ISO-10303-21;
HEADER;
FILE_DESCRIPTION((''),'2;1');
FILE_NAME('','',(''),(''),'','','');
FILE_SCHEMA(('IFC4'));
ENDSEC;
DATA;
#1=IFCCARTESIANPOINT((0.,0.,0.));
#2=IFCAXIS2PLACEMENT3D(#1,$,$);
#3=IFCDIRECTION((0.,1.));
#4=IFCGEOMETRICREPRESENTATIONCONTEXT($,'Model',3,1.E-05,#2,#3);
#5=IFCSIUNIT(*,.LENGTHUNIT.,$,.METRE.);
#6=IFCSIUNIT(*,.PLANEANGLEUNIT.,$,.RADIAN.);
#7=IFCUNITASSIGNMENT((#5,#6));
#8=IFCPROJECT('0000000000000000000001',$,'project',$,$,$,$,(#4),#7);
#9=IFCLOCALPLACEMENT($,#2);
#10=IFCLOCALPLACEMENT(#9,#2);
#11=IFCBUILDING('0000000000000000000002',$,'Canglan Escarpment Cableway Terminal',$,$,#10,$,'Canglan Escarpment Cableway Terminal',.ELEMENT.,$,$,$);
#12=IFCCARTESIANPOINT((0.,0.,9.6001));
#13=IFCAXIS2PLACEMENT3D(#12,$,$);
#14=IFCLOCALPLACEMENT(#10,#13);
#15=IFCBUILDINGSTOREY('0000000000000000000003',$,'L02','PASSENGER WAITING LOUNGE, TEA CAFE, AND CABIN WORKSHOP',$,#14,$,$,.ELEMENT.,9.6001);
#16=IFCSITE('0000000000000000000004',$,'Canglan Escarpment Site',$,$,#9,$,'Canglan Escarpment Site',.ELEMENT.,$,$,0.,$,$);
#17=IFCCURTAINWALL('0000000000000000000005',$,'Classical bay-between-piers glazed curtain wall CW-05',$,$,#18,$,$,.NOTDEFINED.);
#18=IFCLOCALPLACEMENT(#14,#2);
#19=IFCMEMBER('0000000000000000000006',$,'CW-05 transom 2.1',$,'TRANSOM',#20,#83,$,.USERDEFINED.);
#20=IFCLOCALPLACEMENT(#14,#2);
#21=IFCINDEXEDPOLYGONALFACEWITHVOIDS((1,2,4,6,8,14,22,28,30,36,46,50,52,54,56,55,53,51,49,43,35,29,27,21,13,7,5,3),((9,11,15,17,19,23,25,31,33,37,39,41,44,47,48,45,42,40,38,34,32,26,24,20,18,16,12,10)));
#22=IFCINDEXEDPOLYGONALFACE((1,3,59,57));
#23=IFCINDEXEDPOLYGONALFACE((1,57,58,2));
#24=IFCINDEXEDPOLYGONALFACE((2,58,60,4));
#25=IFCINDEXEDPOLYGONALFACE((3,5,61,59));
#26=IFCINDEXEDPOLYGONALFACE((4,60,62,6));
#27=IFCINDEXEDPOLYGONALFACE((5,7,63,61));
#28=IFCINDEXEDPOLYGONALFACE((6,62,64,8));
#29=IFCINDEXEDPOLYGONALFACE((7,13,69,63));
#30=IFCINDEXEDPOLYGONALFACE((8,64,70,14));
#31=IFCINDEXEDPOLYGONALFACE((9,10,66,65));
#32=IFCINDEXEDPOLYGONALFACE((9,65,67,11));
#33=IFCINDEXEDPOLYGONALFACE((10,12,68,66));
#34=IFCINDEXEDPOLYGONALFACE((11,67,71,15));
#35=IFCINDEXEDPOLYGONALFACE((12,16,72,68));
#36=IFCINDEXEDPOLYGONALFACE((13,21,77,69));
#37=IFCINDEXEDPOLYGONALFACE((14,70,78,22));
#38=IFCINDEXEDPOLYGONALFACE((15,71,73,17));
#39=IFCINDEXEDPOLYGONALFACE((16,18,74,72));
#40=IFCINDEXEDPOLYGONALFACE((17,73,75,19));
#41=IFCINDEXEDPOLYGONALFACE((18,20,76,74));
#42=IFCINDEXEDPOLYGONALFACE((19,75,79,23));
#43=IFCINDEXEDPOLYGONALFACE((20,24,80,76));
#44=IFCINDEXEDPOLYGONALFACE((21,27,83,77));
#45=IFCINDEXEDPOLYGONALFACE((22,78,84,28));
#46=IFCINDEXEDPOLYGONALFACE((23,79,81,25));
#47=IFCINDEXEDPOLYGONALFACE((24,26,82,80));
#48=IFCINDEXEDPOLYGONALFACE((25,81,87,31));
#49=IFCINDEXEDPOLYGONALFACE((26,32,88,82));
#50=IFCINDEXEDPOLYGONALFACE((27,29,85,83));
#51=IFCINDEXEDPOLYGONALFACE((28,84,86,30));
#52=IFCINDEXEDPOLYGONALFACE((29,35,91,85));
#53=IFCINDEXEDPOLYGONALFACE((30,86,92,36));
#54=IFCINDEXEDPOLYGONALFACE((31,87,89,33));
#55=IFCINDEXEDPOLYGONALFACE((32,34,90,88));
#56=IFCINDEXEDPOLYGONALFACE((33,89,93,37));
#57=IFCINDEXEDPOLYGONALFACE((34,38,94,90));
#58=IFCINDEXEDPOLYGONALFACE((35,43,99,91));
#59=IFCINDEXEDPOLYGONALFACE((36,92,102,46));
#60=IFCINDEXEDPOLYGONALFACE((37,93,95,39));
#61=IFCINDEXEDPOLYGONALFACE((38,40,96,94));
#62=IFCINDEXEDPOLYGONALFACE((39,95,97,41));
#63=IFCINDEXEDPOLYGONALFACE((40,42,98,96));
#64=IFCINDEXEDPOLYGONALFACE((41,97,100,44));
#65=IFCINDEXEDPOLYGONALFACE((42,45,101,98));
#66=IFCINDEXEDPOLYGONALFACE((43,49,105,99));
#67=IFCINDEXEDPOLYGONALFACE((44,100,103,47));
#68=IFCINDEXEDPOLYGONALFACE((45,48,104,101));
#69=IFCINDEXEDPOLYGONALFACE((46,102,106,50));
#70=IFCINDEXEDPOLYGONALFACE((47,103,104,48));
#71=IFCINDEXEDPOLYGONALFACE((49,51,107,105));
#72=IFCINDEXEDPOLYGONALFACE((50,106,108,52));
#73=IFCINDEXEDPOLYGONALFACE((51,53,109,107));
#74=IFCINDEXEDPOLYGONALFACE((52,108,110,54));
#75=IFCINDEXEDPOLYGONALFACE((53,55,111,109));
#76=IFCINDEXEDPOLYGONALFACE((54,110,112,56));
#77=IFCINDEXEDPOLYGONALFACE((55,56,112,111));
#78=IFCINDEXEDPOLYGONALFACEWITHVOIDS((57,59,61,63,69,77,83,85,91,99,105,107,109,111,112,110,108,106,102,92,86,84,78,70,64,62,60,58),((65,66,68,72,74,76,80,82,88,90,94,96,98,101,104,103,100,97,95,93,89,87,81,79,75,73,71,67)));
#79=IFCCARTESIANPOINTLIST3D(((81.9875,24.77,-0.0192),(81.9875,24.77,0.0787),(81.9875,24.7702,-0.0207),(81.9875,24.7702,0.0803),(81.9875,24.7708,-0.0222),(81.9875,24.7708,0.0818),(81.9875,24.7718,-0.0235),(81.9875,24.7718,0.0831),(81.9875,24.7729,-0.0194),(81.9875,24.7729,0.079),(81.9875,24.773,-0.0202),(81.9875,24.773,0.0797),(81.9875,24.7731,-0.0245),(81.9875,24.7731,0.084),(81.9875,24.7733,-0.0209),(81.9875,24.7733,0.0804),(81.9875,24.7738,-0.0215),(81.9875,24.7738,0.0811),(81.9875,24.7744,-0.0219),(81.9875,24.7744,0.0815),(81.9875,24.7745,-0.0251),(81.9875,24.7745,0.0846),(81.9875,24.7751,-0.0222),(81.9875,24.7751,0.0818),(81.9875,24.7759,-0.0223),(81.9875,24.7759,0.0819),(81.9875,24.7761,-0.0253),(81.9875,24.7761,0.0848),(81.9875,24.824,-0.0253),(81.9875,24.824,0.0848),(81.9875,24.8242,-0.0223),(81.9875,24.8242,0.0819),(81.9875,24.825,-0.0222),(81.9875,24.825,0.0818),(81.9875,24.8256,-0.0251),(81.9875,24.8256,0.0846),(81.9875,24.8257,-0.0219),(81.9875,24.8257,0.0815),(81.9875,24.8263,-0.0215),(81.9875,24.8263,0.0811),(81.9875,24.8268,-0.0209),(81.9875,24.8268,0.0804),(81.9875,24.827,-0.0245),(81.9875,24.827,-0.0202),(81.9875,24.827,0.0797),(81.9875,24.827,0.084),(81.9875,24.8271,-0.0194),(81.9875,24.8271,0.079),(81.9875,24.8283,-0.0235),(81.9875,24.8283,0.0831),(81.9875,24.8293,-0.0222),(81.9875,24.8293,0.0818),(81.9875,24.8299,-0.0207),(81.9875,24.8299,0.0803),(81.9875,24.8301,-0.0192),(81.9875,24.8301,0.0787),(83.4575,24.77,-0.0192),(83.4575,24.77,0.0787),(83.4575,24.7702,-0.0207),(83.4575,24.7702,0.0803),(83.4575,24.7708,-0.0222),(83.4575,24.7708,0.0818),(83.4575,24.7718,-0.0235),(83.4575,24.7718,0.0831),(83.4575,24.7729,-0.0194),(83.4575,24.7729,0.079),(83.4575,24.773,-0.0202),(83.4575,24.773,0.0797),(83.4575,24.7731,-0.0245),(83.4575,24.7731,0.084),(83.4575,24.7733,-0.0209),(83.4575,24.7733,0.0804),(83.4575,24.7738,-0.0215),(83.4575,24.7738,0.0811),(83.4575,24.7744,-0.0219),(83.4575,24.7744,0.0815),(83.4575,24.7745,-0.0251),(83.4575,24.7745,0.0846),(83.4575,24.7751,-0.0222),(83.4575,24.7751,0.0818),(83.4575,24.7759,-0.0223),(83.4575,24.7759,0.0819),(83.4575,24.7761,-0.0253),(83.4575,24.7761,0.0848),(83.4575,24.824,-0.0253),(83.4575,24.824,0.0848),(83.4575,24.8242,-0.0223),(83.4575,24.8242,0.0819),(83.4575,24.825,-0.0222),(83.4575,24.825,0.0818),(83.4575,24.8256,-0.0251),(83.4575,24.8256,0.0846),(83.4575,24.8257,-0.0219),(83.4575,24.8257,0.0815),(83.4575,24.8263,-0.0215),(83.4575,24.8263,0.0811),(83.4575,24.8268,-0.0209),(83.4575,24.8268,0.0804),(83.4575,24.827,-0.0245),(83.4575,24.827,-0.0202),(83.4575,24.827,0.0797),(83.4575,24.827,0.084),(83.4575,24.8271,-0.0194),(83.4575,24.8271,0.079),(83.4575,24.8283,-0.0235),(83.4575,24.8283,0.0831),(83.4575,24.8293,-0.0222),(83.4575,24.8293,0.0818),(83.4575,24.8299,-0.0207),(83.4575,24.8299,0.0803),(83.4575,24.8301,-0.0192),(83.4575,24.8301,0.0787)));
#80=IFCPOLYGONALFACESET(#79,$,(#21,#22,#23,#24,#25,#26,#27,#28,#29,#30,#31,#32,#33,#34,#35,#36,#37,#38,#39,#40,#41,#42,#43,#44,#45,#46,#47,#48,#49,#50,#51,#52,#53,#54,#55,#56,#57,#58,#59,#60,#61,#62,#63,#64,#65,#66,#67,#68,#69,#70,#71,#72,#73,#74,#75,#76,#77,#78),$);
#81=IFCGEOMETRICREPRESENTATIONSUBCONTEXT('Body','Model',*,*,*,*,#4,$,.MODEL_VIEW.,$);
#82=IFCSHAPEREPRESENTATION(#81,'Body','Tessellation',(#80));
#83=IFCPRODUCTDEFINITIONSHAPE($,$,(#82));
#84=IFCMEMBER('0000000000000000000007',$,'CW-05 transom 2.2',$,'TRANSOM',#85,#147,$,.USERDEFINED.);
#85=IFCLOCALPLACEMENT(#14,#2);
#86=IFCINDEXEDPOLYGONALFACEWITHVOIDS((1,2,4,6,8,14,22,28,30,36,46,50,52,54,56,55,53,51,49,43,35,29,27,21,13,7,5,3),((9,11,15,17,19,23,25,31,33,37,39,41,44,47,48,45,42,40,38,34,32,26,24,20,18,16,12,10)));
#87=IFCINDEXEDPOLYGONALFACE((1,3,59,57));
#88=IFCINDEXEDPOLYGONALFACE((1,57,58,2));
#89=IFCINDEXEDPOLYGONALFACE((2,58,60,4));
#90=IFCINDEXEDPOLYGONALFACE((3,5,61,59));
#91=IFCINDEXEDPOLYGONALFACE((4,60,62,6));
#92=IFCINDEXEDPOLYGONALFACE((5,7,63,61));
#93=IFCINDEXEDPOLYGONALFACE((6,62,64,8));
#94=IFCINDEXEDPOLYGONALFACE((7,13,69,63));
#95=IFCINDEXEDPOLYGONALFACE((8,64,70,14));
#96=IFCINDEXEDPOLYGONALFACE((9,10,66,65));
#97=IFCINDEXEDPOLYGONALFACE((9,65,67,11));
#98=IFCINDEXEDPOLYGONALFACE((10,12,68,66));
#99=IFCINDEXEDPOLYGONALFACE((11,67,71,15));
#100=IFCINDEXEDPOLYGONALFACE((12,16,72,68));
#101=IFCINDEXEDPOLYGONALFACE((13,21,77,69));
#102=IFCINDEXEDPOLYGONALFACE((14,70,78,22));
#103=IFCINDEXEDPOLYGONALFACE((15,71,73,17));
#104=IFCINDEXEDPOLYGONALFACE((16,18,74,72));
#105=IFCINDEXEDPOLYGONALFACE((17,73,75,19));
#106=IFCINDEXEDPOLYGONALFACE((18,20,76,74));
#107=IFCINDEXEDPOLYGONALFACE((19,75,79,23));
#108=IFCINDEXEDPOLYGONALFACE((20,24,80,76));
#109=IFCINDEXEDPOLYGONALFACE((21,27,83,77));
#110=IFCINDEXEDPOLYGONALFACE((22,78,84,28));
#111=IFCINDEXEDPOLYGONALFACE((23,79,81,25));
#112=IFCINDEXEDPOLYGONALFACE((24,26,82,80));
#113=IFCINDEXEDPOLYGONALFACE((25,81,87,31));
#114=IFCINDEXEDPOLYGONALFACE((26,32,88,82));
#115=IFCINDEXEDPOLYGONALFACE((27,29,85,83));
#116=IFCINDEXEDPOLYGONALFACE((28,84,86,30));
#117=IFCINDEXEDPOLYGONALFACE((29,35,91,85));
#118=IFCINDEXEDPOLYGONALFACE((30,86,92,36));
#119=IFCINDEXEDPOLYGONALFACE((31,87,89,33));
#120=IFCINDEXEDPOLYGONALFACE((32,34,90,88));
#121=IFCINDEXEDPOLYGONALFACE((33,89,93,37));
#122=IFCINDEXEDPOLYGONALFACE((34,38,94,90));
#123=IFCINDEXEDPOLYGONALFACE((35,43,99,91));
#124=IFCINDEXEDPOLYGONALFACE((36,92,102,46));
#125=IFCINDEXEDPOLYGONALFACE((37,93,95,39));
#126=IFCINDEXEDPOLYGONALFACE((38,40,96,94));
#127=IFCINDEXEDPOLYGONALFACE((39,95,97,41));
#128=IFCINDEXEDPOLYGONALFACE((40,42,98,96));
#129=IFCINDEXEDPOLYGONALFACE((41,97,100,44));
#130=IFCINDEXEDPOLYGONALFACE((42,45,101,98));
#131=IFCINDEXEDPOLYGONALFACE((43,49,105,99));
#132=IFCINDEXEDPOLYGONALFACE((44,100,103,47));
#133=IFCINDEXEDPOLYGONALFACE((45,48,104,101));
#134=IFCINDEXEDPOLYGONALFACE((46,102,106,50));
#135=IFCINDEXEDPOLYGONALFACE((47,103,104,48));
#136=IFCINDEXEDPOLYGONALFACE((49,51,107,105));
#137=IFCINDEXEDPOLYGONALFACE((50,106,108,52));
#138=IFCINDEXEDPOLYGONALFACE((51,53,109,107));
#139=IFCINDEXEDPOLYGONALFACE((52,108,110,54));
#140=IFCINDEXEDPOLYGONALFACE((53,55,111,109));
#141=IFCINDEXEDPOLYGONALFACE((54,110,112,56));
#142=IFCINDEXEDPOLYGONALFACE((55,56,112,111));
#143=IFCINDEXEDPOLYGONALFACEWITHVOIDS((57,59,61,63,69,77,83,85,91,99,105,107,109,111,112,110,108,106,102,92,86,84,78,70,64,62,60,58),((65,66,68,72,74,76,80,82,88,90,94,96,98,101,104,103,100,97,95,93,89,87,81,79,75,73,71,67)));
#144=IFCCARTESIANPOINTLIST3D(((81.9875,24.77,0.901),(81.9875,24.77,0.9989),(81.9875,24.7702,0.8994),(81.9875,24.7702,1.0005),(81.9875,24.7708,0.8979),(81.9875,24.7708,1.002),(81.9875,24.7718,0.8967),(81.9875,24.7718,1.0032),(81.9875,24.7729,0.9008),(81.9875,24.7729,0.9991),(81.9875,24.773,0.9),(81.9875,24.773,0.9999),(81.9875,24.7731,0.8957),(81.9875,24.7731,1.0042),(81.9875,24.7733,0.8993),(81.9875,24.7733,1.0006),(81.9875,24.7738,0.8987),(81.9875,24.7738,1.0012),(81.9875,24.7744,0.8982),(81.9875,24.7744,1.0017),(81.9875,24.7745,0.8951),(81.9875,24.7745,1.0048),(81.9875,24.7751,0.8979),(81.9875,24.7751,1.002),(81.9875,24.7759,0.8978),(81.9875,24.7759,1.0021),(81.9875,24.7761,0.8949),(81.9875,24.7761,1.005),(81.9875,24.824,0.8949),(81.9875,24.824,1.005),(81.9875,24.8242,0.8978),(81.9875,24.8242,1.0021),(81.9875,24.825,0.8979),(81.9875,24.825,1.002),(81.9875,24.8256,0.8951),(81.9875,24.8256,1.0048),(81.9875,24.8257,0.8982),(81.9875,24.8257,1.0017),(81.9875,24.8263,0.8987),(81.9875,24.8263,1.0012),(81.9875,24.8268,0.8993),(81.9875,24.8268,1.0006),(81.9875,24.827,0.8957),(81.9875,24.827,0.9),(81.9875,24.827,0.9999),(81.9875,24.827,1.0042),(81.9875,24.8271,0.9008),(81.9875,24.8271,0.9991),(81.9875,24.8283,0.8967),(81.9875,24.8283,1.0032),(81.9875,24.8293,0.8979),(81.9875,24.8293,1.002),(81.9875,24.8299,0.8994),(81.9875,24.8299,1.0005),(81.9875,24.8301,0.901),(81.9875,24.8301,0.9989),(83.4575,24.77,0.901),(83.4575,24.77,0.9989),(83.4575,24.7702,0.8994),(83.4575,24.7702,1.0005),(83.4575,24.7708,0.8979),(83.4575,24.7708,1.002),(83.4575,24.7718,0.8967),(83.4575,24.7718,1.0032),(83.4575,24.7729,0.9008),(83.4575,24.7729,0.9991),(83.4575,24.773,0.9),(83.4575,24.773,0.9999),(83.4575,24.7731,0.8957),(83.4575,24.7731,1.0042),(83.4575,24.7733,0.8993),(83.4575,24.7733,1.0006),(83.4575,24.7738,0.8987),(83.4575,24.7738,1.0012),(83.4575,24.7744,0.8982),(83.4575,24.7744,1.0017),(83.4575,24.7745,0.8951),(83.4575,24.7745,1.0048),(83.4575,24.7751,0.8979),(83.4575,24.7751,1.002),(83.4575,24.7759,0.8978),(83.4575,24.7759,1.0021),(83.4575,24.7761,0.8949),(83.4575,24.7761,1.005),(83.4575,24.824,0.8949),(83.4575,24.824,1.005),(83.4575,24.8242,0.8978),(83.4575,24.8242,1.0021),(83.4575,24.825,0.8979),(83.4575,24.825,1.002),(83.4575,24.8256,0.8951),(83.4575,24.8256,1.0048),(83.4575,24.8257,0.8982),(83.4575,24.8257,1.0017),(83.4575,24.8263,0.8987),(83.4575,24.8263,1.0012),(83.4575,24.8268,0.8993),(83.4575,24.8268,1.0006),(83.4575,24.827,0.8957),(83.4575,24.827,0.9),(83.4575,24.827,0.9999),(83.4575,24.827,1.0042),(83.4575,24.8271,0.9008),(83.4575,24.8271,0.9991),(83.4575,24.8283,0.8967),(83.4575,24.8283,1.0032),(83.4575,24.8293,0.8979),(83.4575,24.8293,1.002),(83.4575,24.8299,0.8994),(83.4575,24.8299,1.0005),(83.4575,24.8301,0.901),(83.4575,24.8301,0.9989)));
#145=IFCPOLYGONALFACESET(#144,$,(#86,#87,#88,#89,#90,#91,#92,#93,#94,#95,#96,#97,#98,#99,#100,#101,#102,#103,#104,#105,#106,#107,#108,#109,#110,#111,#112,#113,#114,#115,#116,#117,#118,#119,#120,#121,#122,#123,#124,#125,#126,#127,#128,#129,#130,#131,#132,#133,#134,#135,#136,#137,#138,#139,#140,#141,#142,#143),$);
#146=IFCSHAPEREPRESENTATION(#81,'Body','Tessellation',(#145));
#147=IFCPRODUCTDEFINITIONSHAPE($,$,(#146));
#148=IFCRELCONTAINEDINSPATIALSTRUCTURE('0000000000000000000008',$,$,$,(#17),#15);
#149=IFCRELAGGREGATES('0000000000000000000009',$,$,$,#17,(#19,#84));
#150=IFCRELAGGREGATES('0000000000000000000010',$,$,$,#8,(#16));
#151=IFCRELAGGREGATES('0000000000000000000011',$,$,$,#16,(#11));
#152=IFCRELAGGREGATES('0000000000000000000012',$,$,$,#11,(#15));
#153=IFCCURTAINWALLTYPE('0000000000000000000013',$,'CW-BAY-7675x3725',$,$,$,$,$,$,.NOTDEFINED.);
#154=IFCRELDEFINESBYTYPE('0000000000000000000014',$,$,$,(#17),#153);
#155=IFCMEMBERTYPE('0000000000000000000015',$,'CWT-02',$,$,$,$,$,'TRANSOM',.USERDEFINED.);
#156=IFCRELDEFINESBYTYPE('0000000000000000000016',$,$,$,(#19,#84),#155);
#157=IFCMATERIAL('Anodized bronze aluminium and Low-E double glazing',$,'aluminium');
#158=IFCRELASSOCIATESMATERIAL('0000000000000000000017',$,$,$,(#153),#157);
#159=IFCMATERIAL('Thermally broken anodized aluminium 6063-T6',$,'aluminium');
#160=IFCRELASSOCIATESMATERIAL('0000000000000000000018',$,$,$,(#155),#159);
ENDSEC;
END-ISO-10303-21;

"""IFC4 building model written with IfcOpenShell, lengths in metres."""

from ifc_helpers import new_model, si_unit, direction, frame, origin, origin_2d, place, context, subcontext, project, spatial, hollow_rectangle, extrude, material, material_profile, profile_set, type_object, element, aggregate, save


model = new_model("IFC4")

# Units and contexts
model_context = context("Model", 3, precision=1e-05, world=origin(), true_north=direction((0.0, 1.0)))
body_context = subcontext(model_context, "Body", "Model", "MODEL_VIEW")
ifc_project = project(units=[si_unit("LENGTHUNIT", "METRE"), si_unit("PLANEANGLEUNIT", "RADIAN")], contexts=[model_context])

# Site, building, storey
site_placement = place(None, origin())
site = spatial("IfcSite", under=ifc_project, at=site_placement, Name="Canglan Escarpment Site", LongName="Canglan Escarpment Site", CompositionType="ELEMENT", RefElevation=0.0)
building_placement = place(site_placement, origin())
building = spatial("IfcBuilding", under=site, at=building_placement, Name="Canglan Escarpment Cableway Terminal", LongName="Canglan Escarpment Cableway Terminal", CompositionType="ELEMENT")
storey_placement = place(building_placement, frame((0.0, 0.0, 9.6001)))
storey = spatial("IfcBuildingStorey", under=building, at=storey_placement, Name="L02", Description="PASSENGER WAITING LOUNGE, TEA CAFE, AND CABIN WORKSHOP", CompositionType="ELEMENT", Elevation=9.6001)

# Curtain wall
ifc_material_1 = material(Name="Anodized bronze aluminium and Low-E double glazing", Category="aluminium")
curtain_wall_type = type_object("IfcCurtainWallType", Name="CW-BAY-7675x3725", PredefinedType="NOTDEFINED", material=ifc_material_1)
curtain_wall_1_placement = place(storey_placement, origin())
curtain_wall_1 = element("IfcCurtainWall", 1, at=curtain_wall_1_placement, inside=storey, type_object=curtain_wall_type, Name="Classical bay-between-piers glazed curtain wall CW-05", PredefinedType="NOTDEFINED")
ifc_material_2 = material(Name="Thermally broken anodized aluminium 6063-T6", Category="aluminium")

# Members
ifc_material_profile_1 = material_profile(ifc_material_2, hollow_rectangle(XDim=0.0601, YDim=0.1101, WallThickness=0.0029, InnerFilletRadius=0.0029, OuterFilletRadius=0.0061, at=origin_2d()), Name="ALU-TRAN 60x110x3")
ifc_profile_set_1 = profile_set([ifc_material_profile_1], Name="Thermally broken anodized aluminium 6063-T6")
member_type_1 = type_object("IfcMemberType", Name="CWT-02", ElementType="TRANSOM", PredefinedType="USERDEFINED", material=ifc_profile_set_1)
member_1_placement = place(storey_placement, frame((83.4575, 24.8, 0.0298), z_axis=(-1.0, 0.0, 0.0), x_axis=(0.0, -1.0, 0.0)))
member_1 = element("IfcMember", 2, at=member_1_placement, type_object=member_type_1, Name="CW-05 transom 2.1", ObjectType="TRANSOM", PredefinedType="USERDEFINED", context=body_context, shape_type="SweptSolid", body=[
    extrude(hollow_rectangle(XDim=0.0601, YDim=0.1101, WallThickness=0.0029, InnerFilletRadius=0.0029, OuterFilletRadius=0.0061, at=origin_2d()), origin(), (0.0, 0.0, 1.0), 1.47),
])
member_2_placement = place(storey_placement, frame((83.4575, 24.8, 0.95), z_axis=(-1.0, 0.0, 0.0), x_axis=(0.0, -1.0, 0.0)))
member_2 = element("IfcMember", 3, at=member_2_placement, type_object=member_type_1, Name="CW-05 transom 2.2", ObjectType="TRANSOM", PredefinedType="USERDEFINED", context=body_context, shape_type="SweptSolid", body=[
    extrude(hollow_rectangle(XDim=0.0601, YDim=0.1101, WallThickness=0.0029, InnerFilletRadius=0.0029, OuterFilletRadius=0.0061, at=origin_2d()), origin(), (0.0, 0.0, 1.0), 1.47),
])

aggregate(curtain_wall_1, [member_1, member_2])

save(model, "model.ifc")
